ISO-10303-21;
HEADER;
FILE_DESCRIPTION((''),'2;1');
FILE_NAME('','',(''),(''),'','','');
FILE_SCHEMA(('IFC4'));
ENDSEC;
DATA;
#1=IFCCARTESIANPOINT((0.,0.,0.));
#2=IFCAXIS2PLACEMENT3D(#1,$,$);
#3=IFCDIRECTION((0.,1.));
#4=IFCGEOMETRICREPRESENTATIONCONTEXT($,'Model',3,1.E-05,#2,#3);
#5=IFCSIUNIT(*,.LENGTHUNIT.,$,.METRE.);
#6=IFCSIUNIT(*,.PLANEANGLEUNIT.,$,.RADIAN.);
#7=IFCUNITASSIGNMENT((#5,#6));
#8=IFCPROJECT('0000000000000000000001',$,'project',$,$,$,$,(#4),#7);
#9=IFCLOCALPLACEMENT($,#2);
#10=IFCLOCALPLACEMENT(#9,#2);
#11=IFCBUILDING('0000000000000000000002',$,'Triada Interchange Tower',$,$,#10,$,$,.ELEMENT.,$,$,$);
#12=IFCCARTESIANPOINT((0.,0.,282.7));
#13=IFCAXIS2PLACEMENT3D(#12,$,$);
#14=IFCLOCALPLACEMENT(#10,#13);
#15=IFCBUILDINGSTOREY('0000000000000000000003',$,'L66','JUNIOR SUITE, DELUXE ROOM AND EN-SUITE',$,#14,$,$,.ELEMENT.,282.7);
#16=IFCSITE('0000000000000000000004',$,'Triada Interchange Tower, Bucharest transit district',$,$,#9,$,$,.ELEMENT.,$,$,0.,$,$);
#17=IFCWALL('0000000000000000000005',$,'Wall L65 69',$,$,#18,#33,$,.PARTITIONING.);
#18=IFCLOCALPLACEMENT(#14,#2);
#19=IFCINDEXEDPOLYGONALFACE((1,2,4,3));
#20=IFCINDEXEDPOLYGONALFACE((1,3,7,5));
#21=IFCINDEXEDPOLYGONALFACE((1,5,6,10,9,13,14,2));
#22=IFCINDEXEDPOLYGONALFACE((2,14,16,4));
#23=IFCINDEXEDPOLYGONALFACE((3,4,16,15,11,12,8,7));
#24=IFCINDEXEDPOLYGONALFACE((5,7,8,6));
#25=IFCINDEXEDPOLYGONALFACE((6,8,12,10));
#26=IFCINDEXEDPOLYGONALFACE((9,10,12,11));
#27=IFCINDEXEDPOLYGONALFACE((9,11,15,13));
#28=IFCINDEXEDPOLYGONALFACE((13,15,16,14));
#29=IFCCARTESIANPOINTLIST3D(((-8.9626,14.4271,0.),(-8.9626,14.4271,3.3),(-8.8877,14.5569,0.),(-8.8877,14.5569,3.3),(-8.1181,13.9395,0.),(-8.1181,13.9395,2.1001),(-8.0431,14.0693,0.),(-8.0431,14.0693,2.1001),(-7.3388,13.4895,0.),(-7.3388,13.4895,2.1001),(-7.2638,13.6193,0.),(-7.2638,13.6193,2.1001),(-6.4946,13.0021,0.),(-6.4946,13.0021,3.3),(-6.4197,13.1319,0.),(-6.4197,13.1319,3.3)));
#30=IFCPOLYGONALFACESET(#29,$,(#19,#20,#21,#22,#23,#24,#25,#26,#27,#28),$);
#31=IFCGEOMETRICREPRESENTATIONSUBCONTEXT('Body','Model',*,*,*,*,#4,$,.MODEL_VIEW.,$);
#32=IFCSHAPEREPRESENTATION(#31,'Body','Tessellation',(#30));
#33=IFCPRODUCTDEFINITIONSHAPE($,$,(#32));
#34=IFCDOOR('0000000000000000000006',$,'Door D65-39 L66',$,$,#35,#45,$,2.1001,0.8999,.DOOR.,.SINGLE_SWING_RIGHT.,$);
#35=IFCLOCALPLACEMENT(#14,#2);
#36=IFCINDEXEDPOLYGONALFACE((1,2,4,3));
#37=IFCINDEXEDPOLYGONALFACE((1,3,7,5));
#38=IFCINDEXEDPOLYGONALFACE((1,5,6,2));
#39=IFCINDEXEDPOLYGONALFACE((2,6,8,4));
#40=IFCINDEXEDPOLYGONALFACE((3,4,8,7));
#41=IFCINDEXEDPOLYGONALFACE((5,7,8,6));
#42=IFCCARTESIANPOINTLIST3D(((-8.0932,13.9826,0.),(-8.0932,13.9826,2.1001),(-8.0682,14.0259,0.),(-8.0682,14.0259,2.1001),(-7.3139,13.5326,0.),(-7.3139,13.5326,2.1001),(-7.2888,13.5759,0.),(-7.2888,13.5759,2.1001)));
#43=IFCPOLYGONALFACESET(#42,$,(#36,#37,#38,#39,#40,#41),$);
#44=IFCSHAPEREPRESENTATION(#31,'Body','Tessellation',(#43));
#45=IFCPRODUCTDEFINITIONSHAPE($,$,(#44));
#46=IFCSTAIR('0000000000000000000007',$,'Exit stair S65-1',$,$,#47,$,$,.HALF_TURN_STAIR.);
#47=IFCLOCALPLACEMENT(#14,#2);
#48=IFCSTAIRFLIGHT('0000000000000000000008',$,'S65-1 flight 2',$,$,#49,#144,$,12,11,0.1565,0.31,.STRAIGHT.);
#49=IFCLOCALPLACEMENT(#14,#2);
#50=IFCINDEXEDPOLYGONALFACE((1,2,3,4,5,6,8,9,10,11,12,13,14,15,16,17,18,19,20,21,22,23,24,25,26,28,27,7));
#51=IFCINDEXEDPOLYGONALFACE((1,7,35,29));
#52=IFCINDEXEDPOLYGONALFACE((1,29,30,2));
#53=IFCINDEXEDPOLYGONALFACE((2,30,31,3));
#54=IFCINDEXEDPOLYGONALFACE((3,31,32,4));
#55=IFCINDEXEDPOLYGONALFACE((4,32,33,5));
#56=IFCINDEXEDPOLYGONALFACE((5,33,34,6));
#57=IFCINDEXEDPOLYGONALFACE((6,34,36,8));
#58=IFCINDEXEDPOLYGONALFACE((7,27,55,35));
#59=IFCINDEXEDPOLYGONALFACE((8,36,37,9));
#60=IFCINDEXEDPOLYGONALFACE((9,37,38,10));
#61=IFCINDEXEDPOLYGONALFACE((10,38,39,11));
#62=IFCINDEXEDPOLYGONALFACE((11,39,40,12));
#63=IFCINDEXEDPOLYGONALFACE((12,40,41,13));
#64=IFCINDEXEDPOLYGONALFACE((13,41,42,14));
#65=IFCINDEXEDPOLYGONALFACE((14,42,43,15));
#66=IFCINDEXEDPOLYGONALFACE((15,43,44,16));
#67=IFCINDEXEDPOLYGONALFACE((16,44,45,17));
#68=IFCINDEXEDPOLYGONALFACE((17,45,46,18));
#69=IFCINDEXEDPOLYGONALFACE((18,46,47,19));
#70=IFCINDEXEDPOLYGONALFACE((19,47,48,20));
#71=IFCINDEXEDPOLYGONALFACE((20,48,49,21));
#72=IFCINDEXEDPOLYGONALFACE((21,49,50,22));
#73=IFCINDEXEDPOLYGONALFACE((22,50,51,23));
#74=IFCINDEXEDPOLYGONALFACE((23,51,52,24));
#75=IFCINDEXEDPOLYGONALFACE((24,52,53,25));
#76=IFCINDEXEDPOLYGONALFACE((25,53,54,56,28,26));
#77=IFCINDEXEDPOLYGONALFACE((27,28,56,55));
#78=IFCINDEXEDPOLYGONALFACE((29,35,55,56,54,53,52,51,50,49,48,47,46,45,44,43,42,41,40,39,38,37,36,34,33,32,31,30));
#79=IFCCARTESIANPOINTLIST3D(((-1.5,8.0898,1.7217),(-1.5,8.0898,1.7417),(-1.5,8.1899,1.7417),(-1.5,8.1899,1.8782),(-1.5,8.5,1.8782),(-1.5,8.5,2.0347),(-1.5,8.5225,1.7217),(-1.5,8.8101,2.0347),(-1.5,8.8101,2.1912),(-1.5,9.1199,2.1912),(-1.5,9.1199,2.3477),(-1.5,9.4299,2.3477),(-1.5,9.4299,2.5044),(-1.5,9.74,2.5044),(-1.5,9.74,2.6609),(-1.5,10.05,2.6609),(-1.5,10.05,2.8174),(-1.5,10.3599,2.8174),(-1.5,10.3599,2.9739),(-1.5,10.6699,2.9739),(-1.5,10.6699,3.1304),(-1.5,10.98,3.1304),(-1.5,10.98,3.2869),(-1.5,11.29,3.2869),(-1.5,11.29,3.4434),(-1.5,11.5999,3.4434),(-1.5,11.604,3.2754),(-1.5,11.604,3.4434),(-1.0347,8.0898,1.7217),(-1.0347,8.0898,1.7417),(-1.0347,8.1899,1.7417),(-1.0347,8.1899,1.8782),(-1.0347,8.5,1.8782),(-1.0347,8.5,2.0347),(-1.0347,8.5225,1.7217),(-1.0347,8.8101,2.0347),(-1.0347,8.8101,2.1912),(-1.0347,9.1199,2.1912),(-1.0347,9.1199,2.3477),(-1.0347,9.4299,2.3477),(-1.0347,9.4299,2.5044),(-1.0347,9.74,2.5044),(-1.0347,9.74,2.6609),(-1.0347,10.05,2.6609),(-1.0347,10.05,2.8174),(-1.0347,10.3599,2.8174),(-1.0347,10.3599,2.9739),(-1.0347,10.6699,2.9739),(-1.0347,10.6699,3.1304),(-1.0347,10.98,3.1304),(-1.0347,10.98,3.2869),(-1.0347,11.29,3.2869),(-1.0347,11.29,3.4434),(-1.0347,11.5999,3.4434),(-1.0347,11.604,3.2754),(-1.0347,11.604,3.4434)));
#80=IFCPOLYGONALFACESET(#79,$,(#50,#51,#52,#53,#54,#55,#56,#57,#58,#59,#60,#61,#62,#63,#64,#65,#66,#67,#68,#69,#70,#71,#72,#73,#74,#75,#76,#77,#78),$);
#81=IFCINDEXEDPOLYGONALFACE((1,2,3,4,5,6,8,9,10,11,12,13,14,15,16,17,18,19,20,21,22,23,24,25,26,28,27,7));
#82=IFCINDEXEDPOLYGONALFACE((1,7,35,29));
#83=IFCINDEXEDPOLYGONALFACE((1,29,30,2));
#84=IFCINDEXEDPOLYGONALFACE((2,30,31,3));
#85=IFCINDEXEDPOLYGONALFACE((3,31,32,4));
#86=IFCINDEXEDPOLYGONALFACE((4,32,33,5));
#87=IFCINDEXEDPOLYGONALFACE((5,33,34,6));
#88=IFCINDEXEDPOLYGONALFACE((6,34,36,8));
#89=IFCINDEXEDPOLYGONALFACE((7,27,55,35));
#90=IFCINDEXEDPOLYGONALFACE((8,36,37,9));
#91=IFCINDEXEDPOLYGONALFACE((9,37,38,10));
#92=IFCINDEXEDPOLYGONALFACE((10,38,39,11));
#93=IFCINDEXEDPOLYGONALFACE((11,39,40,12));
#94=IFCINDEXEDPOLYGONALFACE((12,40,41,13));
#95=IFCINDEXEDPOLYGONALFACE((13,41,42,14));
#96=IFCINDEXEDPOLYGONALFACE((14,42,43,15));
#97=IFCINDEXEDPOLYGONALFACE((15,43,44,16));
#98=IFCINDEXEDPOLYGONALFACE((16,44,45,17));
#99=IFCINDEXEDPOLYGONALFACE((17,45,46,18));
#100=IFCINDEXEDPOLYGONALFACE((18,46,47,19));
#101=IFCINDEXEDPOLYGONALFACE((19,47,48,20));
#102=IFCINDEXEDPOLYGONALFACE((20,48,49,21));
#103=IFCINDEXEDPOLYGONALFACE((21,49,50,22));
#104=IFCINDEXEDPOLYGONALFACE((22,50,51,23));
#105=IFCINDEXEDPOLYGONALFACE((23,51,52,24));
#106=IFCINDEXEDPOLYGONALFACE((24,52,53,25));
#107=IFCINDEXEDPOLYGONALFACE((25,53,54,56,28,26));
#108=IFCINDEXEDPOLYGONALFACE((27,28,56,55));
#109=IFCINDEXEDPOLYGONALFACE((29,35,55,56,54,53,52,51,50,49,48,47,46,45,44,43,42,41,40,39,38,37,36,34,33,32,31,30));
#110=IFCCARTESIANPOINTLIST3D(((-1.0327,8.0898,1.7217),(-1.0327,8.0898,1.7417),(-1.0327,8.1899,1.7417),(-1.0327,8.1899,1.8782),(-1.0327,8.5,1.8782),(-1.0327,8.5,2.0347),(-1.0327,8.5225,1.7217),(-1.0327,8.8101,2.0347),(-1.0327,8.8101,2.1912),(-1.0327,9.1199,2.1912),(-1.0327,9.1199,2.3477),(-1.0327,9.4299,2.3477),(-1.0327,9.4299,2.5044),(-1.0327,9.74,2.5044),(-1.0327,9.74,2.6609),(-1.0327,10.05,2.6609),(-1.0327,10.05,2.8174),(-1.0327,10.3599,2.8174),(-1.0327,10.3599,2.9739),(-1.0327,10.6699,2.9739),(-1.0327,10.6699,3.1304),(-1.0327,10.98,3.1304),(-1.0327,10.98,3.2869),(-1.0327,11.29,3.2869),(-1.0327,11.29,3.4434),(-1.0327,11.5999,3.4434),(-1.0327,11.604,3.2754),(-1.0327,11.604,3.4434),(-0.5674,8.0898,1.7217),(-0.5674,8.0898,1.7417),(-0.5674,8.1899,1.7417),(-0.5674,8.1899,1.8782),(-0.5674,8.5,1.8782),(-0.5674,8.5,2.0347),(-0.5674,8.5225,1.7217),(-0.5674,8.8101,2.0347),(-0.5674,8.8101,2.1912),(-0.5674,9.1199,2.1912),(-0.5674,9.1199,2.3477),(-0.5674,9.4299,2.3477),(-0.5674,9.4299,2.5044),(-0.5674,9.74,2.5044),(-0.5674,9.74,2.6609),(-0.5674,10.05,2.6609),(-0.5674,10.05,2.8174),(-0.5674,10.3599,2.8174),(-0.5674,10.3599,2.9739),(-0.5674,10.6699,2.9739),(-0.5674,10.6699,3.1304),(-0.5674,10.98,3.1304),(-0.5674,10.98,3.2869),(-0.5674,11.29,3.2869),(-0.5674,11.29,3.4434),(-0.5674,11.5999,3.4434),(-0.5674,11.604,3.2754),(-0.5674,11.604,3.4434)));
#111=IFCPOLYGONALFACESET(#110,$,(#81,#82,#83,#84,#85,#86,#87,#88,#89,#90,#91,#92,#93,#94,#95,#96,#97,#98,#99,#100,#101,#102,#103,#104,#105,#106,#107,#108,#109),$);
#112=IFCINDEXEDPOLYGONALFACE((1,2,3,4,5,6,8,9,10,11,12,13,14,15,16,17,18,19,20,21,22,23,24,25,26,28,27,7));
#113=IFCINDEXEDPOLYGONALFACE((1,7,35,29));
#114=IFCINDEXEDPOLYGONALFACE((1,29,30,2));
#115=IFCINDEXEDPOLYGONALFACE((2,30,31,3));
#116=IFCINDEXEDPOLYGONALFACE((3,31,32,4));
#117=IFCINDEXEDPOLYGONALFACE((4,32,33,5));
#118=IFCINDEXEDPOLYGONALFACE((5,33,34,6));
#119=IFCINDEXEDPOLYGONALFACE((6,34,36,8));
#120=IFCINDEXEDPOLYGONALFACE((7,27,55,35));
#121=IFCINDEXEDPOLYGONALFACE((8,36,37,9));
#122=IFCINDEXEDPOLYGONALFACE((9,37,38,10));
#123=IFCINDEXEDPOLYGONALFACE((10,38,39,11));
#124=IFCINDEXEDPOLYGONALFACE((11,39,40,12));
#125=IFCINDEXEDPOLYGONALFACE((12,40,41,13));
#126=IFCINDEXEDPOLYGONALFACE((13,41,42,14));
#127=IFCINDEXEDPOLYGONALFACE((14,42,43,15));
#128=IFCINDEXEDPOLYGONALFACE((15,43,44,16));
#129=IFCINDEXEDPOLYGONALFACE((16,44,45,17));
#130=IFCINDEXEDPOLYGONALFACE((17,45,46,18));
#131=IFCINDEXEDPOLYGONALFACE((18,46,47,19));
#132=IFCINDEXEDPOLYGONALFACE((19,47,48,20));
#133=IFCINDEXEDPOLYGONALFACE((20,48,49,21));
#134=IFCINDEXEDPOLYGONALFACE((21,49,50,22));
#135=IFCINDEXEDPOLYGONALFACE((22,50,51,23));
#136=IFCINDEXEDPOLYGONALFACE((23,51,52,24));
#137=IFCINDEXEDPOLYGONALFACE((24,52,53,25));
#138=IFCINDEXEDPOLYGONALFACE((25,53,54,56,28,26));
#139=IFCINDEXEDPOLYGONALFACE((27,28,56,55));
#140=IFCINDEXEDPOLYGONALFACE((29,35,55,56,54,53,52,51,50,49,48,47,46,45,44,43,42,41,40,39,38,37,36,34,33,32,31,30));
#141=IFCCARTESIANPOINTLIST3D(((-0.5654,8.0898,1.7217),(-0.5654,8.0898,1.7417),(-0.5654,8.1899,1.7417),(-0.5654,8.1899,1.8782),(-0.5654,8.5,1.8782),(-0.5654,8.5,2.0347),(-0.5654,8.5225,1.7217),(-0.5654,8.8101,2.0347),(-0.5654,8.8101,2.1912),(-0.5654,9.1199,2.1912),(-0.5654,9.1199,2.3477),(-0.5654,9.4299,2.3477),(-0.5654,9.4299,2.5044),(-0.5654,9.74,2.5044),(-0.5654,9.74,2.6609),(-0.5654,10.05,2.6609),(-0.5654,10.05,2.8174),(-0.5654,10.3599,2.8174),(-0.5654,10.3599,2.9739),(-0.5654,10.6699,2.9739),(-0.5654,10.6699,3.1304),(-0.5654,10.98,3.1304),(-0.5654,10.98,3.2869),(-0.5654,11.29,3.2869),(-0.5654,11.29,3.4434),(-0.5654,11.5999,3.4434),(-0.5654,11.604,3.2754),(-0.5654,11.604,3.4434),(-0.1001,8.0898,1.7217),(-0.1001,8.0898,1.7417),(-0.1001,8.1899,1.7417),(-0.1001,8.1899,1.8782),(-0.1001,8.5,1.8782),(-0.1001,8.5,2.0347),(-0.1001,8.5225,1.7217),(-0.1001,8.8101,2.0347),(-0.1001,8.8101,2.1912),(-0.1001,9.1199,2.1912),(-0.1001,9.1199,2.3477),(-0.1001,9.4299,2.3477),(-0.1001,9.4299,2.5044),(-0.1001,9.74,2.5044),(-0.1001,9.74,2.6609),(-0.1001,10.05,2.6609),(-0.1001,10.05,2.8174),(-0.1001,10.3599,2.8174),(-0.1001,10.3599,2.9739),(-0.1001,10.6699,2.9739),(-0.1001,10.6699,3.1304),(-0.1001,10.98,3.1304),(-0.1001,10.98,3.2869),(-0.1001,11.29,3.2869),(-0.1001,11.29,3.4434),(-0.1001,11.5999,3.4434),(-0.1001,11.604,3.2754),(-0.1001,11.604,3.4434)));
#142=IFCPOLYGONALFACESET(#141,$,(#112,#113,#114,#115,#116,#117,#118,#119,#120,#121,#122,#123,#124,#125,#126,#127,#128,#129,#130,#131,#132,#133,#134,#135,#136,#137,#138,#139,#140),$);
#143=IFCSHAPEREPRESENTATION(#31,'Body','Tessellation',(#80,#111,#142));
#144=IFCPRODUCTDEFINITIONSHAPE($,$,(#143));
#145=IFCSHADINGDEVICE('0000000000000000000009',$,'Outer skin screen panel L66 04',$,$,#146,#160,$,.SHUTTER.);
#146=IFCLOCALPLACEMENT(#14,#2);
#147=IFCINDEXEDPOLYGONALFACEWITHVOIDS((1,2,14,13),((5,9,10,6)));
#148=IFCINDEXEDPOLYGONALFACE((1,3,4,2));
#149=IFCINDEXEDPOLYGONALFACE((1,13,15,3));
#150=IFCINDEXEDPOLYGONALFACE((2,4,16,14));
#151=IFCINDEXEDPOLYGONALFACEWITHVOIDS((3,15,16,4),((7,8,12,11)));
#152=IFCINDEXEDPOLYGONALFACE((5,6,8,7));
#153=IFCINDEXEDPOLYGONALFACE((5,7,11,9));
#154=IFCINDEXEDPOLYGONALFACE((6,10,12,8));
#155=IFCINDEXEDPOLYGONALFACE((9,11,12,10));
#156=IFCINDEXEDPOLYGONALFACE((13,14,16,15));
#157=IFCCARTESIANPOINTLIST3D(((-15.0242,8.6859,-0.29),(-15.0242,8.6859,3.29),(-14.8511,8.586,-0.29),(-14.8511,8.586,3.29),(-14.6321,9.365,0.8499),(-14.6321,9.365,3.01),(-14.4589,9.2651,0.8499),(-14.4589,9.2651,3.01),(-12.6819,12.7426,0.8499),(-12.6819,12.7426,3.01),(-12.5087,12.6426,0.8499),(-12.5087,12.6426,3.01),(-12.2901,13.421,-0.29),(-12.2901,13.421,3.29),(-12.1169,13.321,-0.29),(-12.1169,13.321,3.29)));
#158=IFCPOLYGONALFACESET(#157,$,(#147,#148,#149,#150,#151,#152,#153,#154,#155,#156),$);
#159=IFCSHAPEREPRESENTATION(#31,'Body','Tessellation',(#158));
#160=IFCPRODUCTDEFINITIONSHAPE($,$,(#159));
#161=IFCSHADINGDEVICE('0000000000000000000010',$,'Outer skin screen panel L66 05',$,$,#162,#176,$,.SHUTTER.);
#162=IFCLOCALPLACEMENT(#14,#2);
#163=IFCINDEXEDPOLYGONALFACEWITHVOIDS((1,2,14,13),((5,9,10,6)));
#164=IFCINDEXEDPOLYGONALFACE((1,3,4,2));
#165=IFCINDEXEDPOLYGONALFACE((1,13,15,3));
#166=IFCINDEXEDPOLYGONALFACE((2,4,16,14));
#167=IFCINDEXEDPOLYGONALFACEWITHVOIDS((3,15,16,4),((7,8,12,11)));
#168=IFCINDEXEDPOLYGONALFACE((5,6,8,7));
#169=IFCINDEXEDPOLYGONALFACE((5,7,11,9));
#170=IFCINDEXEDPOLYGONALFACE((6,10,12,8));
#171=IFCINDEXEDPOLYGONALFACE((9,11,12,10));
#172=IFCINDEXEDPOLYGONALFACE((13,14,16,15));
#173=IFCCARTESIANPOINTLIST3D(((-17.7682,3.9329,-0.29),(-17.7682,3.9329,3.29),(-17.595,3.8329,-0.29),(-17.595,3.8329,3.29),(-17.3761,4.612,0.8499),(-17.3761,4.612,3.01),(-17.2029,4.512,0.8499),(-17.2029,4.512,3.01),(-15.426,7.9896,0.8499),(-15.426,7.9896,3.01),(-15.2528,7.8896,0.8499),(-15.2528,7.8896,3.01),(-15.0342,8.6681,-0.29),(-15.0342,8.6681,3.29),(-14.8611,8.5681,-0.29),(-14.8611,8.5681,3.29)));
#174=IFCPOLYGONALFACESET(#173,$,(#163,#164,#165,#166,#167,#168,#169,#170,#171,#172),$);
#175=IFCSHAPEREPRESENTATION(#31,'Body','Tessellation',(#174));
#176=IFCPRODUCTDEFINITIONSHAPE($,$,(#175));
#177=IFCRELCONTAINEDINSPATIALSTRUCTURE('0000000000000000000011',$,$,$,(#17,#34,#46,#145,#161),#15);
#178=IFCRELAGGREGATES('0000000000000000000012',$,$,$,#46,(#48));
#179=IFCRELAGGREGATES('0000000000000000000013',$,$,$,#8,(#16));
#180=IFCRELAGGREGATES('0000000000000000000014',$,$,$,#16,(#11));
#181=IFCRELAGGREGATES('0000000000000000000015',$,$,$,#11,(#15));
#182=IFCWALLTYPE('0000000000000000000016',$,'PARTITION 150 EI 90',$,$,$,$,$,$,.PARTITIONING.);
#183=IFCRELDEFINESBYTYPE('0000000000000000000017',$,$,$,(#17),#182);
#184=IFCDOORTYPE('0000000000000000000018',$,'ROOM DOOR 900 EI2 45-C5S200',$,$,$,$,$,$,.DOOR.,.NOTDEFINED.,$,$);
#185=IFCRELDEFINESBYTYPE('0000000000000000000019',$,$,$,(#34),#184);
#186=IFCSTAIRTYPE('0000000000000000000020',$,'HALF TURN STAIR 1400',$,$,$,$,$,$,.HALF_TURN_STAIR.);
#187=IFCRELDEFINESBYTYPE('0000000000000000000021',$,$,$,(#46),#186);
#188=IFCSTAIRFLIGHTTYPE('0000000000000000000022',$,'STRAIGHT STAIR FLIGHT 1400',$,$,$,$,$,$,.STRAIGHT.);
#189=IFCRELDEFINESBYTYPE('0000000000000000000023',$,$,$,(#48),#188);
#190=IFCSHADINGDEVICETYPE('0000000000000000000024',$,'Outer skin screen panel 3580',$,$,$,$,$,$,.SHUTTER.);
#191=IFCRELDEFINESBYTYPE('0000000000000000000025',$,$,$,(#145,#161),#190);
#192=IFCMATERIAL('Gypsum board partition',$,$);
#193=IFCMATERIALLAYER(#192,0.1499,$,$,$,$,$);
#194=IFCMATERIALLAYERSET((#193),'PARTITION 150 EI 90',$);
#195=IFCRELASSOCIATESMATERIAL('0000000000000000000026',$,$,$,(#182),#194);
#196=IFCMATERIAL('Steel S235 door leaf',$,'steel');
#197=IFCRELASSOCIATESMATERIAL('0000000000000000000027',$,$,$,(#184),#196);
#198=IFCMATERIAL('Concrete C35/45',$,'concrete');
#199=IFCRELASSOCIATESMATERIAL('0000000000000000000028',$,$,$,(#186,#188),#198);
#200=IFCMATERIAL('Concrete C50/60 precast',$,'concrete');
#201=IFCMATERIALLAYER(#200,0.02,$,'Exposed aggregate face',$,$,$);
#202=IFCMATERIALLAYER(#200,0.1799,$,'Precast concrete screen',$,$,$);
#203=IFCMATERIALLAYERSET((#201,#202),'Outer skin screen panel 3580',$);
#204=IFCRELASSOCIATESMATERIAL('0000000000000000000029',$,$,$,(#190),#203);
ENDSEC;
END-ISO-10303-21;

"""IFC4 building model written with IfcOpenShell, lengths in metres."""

from ifc_helpers import new_model, si_unit, direction, frame, frame_2d, origin, place, context, subcontext, project, spatial, polyline, rectangle, outline, extrude, material, layer, layer_set, type_object, element, fill, aggregate, save


model = new_model("IFC4")

# Units and contexts
model_context = context("Model", 3, precision=1e-05, world=origin(), true_north=direction((0.0, 1.0)))
body_context = subcontext(model_context, "Body", "Model", "MODEL_VIEW")
ifc_project = project(units=[si_unit("LENGTHUNIT", "METRE"), si_unit("PLANEANGLEUNIT", "RADIAN")], contexts=[model_context])

# Site, building, storey
site_placement = place(None, origin())
site = spatial("IfcSite", under=ifc_project, at=site_placement, Name="Triada Interchange Tower, Bucharest transit district", CompositionType="ELEMENT", RefElevation=0.0)
building_placement = place(site_placement, origin())
building = spatial("IfcBuilding", under=site, at=building_placement, Name="Triada Interchange Tower", CompositionType="ELEMENT")
storey_placement = place(building_placement, frame((0.0, 0.0, 282.7)))
storey = spatial("IfcBuildingStorey", under=building, at=storey_placement, Name="L66", Description="JUNIOR SUITE, DELUXE ROOM AND EN-SUITE", CompositionType="ELEMENT", Elevation=282.7)

# Shared definitions
ifc_material_1 = material(Name="Steel S235 door leaf", Category="steel")

# Shared definitions
ifc_material_2 = material(Name="Gypsum board partition")
ifc_layer_1 = layer(ifc_material_2, 0.1499)
ifc_layer_set_1 = layer_set([ifc_layer_1], Name="PARTITION 150 EI 90")
wall_type_1 = type_object("IfcWallType", Name="PARTITION 150 EI 90", PredefinedType="PARTITIONING", material=ifc_layer_set_1)

# Wall, opening, door
door_type_1 = type_object("IfcDoorType", Name="ROOM DOOR 900 EI2 45-C5S200", OperationType="NOTDEFINED", PredefinedType="DOOR", material=ifc_material_1)
wall_1_placement = place(storey_placement, frame((-8.925, 14.4919, 0.0), z_axis=(0.0, 0.0, 1.0), x_axis=(0.866004, -0.500036, 0.0)))
wall_1 = element("IfcWall", 1, at=wall_1_placement, inside=storey, type_object=wall_type_1, Name="Wall L65 69", PredefinedType="PARTITIONING", context=body_context, shape_type="SweptSolid", body=[
    extrude(rectangle(XDim=2.8499, YDim=0.1499, at=frame_2d((1.4248, 0.0))), origin(), (0.0, 0.0, 1.0), 3.3),
])
opening_1_placement = place(wall_1_placement, frame((0.9751, 0.0, 0.0)))
opening_1 = element("IfcOpeningElement", 2, at=opening_1_placement, cuts=wall_1, PredefinedType="OPENING", context=body_context, shape_type="SweptSolid", body=[
    extrude(rectangle(XDim=0.8999, YDim=2.1001, at=frame_2d((0.45, 1.05))), frame((0.0, 0.085, 0.0), z_axis=(0.0, -1.0, 0.0), x_axis=(1.0, 0.0, 0.0)), (0.0, 0.0, 1.0), 0.1699),
])
door_1_placement = place(opening_1_placement, origin())
door_1 = element("IfcDoor", 3, at=door_1_placement, inside=storey, type_object=door_type_1, Name="Door D65-39 L66", OperationType="SINGLE_SWING_RIGHT", OverallHeight=2.1001, OverallWidth=0.8999, PredefinedType="DOOR", context=body_context, shape_type="SweptSolid", body=[
    extrude(rectangle(XDim=0.8999, YDim=2.1001, at=frame_2d((0.45, 1.05))), frame((0.0, 0.0249, 0.0), z_axis=(0.0, -1.0, 0.0), x_axis=(1.0, 0.0, 0.0)), (0.0, 0.0, 1.0), 0.05),
])
fill(opening_1, door_1)

# Stair, stair flight
ifc_material_3 = material(Name="Concrete C35/45", Category="concrete")
stair_type = type_object("IfcStairType", Name="HALF TURN STAIR 1400", PredefinedType="HALF_TURN_STAIR", material=ifc_material_3)
stair_placement = place(storey_placement, origin())
stair = element("IfcStair", 4, at=stair_placement, inside=storey, type_object=stair_type, Name="Exit stair S65-1", PredefinedType="HALF_TURN_STAIR")
stair_flight_type = type_object("IfcStairFlightType", Name="STRAIGHT STAIR FLIGHT 1400", PredefinedType="STRAIGHT", material=ifc_material_3)
stair_flight_placement = place(storey_placement, frame((-0.8, 8.1899, 1.7217), z_axis=(0.0, 0.0, 1.0), x_axis=(0.0, 1.0, 0.0)))
stair_flight = element("IfcStairFlight", 5, at=stair_flight_placement, type_object=stair_flight_type, Name="S65-1 flight 2", NumberOfRisers=12, NumberOfTreads=11, PredefinedType="STRAIGHT", RiserHeight=0.1565, TreadLength=0.31, context=body_context, shape_type="SweptSolid", body=[
    extrude(outline(polyline([(-0.1001, 0.0), (-0.1001, 0.02), (0.0, 0.02), (0.0, 0.1565), (0.3101, 0.1565), (0.3101, 0.313), (0.6201, 0.313), (0.6201, 0.4695), (0.9299, 0.4695), (0.9299, 0.626), (1.24, 0.626), (1.24, 0.7827), (1.55, 0.7827), (1.55, 0.9392), (1.8601, 0.9392), (1.8601, 1.0957), (2.1699, 1.0957), (2.1699, 1.2522), (2.48, 1.2522), (2.48, 1.4087), (2.79, 1.4087), (2.79, 1.5652), (3.1001, 1.5652), (3.1001, 1.7217), (3.4099, 1.7217), (3.4141, 1.7217), (3.4141, 1.8782), (3.4141, 1.5537), (0.3325, 0.0), (-0.1001, 0.0)])), frame((0.0, 0.7, 0.0), z_axis=(0.0, -1.0, 0.0), x_axis=(1.0, 0.0, 0.0)), (0.0, 0.0, 1.0), 0.4653),
    extrude(outline(polyline([(-0.1001, 0.0), (-0.1001, 0.02), (0.0, 0.02), (0.0, 0.1565), (0.3101, 0.1565), (0.3101, 0.313), (0.6201, 0.313), (0.6201, 0.4695), (0.9299, 0.4695), (0.9299, 0.626), (1.24, 0.626), (1.24, 0.7827), (1.55, 0.7827), (1.55, 0.9392), (1.8601, 0.9392), (1.8601, 1.0957), (2.1699, 1.0957), (2.1699, 1.2522), (2.48, 1.2522), (2.48, 1.4087), (2.79, 1.4087), (2.79, 1.5652), (3.1001, 1.5652), (3.1001, 1.7217), (3.4099, 1.7217), (3.4141, 1.7217), (3.4141, 1.8782), (3.4141, 1.5537), (0.3325, 0.0), (-0.1001, 0.0)])), frame((0.0, 0.2327, 0.0), z_axis=(0.0, -1.0, 0.0), x_axis=(1.0, 0.0, 0.0)), (0.0, 0.0, 1.0), 0.4653),
    extrude(outline(polyline([(-0.1001, 0.0), (-0.1001, 0.02), (0.0, 0.02), (0.0, 0.1565), (0.3101, 0.1565), (0.3101, 0.313), (0.6201, 0.313), (0.6201, 0.4695), (0.9299, 0.4695), (0.9299, 0.626), (1.24, 0.626), (1.24, 0.7827), (1.55, 0.7827), (1.55, 0.9392), (1.8601, 0.9392), (1.8601, 1.0957), (2.1699, 1.0957), (2.1699, 1.2522), (2.48, 1.2522), (2.48, 1.4087), (2.79, 1.4087), (2.79, 1.5652), (3.1001, 1.5652), (3.1001, 1.7217), (3.4099, 1.7217), (3.4141, 1.7217), (3.4141, 1.8782), (3.4141, 1.5537), (0.3325, 0.0), (-0.1001, 0.0)])), frame((0.0, -0.2346, 0.0), z_axis=(0.0, -1.0, 0.0), x_axis=(1.0, 0.0, 0.0)), (0.0, 0.0, 1.0), 0.4653),
])

# Shading devices
ifc_material_4 = material(Name="Concrete C50/60 precast", Category="concrete")
ifc_layer_2 = layer(ifc_material_4, 0.02, Name="Exposed aggregate face")
ifc_layer_3 = layer(ifc_material_4, 0.1799, Name="Precast concrete screen")
ifc_layer_set_2 = layer_set([ifc_layer_2, ifc_layer_3], Name="Outer skin screen panel 3580")
shading_device_type = type_object("IfcShadingDeviceType", Name="Outer skin screen panel 3580", PredefinedType="SHUTTER", material=ifc_layer_set_2)
for number, where, z_axis, x_axis, name in (
    (6, (-12.1169, 13.321, -0.29), (0.0, 0.0, 1.0), (-0.500043, -0.866, 0.0), "Outer skin screen panel L66 04"),
    (7, (-14.8611, 8.5681, -0.29), (0.0, 0.0, 1.0), (-0.50001, -0.86602, 0.0), "Outer skin screen panel L66 05"),
):
    element("IfcShadingDevice", number, at=place(storey_placement, frame(where, z_axis=z_axis, x_axis=x_axis)), inside=storey, type_object=shading_device_type, Name=name, PredefinedType="SHUTTER", context=body_context, shape_type="SweptSolid", body=[
        extrude(outline(polyline([(0.0, 0.0), (5.4678, 0.0), (5.4678, 3.5801), (0.0, 3.5801), (0.0, 0.0)]), holes=[polyline([(0.7834, 1.1399), (0.7834, 3.3), (4.6836, 3.3), (4.6836, 1.1399), (0.7834, 1.1399)])]), frame((0.0, 0.0, 0.0), z_axis=(0.0, -1.0, 0.0), x_axis=(1.0, 0.0, 0.0)), (0.0, 0.0, 1.0), 0.2),
    ])

aggregate(stair, [stair_flight])

save(model, "model.ifc")
